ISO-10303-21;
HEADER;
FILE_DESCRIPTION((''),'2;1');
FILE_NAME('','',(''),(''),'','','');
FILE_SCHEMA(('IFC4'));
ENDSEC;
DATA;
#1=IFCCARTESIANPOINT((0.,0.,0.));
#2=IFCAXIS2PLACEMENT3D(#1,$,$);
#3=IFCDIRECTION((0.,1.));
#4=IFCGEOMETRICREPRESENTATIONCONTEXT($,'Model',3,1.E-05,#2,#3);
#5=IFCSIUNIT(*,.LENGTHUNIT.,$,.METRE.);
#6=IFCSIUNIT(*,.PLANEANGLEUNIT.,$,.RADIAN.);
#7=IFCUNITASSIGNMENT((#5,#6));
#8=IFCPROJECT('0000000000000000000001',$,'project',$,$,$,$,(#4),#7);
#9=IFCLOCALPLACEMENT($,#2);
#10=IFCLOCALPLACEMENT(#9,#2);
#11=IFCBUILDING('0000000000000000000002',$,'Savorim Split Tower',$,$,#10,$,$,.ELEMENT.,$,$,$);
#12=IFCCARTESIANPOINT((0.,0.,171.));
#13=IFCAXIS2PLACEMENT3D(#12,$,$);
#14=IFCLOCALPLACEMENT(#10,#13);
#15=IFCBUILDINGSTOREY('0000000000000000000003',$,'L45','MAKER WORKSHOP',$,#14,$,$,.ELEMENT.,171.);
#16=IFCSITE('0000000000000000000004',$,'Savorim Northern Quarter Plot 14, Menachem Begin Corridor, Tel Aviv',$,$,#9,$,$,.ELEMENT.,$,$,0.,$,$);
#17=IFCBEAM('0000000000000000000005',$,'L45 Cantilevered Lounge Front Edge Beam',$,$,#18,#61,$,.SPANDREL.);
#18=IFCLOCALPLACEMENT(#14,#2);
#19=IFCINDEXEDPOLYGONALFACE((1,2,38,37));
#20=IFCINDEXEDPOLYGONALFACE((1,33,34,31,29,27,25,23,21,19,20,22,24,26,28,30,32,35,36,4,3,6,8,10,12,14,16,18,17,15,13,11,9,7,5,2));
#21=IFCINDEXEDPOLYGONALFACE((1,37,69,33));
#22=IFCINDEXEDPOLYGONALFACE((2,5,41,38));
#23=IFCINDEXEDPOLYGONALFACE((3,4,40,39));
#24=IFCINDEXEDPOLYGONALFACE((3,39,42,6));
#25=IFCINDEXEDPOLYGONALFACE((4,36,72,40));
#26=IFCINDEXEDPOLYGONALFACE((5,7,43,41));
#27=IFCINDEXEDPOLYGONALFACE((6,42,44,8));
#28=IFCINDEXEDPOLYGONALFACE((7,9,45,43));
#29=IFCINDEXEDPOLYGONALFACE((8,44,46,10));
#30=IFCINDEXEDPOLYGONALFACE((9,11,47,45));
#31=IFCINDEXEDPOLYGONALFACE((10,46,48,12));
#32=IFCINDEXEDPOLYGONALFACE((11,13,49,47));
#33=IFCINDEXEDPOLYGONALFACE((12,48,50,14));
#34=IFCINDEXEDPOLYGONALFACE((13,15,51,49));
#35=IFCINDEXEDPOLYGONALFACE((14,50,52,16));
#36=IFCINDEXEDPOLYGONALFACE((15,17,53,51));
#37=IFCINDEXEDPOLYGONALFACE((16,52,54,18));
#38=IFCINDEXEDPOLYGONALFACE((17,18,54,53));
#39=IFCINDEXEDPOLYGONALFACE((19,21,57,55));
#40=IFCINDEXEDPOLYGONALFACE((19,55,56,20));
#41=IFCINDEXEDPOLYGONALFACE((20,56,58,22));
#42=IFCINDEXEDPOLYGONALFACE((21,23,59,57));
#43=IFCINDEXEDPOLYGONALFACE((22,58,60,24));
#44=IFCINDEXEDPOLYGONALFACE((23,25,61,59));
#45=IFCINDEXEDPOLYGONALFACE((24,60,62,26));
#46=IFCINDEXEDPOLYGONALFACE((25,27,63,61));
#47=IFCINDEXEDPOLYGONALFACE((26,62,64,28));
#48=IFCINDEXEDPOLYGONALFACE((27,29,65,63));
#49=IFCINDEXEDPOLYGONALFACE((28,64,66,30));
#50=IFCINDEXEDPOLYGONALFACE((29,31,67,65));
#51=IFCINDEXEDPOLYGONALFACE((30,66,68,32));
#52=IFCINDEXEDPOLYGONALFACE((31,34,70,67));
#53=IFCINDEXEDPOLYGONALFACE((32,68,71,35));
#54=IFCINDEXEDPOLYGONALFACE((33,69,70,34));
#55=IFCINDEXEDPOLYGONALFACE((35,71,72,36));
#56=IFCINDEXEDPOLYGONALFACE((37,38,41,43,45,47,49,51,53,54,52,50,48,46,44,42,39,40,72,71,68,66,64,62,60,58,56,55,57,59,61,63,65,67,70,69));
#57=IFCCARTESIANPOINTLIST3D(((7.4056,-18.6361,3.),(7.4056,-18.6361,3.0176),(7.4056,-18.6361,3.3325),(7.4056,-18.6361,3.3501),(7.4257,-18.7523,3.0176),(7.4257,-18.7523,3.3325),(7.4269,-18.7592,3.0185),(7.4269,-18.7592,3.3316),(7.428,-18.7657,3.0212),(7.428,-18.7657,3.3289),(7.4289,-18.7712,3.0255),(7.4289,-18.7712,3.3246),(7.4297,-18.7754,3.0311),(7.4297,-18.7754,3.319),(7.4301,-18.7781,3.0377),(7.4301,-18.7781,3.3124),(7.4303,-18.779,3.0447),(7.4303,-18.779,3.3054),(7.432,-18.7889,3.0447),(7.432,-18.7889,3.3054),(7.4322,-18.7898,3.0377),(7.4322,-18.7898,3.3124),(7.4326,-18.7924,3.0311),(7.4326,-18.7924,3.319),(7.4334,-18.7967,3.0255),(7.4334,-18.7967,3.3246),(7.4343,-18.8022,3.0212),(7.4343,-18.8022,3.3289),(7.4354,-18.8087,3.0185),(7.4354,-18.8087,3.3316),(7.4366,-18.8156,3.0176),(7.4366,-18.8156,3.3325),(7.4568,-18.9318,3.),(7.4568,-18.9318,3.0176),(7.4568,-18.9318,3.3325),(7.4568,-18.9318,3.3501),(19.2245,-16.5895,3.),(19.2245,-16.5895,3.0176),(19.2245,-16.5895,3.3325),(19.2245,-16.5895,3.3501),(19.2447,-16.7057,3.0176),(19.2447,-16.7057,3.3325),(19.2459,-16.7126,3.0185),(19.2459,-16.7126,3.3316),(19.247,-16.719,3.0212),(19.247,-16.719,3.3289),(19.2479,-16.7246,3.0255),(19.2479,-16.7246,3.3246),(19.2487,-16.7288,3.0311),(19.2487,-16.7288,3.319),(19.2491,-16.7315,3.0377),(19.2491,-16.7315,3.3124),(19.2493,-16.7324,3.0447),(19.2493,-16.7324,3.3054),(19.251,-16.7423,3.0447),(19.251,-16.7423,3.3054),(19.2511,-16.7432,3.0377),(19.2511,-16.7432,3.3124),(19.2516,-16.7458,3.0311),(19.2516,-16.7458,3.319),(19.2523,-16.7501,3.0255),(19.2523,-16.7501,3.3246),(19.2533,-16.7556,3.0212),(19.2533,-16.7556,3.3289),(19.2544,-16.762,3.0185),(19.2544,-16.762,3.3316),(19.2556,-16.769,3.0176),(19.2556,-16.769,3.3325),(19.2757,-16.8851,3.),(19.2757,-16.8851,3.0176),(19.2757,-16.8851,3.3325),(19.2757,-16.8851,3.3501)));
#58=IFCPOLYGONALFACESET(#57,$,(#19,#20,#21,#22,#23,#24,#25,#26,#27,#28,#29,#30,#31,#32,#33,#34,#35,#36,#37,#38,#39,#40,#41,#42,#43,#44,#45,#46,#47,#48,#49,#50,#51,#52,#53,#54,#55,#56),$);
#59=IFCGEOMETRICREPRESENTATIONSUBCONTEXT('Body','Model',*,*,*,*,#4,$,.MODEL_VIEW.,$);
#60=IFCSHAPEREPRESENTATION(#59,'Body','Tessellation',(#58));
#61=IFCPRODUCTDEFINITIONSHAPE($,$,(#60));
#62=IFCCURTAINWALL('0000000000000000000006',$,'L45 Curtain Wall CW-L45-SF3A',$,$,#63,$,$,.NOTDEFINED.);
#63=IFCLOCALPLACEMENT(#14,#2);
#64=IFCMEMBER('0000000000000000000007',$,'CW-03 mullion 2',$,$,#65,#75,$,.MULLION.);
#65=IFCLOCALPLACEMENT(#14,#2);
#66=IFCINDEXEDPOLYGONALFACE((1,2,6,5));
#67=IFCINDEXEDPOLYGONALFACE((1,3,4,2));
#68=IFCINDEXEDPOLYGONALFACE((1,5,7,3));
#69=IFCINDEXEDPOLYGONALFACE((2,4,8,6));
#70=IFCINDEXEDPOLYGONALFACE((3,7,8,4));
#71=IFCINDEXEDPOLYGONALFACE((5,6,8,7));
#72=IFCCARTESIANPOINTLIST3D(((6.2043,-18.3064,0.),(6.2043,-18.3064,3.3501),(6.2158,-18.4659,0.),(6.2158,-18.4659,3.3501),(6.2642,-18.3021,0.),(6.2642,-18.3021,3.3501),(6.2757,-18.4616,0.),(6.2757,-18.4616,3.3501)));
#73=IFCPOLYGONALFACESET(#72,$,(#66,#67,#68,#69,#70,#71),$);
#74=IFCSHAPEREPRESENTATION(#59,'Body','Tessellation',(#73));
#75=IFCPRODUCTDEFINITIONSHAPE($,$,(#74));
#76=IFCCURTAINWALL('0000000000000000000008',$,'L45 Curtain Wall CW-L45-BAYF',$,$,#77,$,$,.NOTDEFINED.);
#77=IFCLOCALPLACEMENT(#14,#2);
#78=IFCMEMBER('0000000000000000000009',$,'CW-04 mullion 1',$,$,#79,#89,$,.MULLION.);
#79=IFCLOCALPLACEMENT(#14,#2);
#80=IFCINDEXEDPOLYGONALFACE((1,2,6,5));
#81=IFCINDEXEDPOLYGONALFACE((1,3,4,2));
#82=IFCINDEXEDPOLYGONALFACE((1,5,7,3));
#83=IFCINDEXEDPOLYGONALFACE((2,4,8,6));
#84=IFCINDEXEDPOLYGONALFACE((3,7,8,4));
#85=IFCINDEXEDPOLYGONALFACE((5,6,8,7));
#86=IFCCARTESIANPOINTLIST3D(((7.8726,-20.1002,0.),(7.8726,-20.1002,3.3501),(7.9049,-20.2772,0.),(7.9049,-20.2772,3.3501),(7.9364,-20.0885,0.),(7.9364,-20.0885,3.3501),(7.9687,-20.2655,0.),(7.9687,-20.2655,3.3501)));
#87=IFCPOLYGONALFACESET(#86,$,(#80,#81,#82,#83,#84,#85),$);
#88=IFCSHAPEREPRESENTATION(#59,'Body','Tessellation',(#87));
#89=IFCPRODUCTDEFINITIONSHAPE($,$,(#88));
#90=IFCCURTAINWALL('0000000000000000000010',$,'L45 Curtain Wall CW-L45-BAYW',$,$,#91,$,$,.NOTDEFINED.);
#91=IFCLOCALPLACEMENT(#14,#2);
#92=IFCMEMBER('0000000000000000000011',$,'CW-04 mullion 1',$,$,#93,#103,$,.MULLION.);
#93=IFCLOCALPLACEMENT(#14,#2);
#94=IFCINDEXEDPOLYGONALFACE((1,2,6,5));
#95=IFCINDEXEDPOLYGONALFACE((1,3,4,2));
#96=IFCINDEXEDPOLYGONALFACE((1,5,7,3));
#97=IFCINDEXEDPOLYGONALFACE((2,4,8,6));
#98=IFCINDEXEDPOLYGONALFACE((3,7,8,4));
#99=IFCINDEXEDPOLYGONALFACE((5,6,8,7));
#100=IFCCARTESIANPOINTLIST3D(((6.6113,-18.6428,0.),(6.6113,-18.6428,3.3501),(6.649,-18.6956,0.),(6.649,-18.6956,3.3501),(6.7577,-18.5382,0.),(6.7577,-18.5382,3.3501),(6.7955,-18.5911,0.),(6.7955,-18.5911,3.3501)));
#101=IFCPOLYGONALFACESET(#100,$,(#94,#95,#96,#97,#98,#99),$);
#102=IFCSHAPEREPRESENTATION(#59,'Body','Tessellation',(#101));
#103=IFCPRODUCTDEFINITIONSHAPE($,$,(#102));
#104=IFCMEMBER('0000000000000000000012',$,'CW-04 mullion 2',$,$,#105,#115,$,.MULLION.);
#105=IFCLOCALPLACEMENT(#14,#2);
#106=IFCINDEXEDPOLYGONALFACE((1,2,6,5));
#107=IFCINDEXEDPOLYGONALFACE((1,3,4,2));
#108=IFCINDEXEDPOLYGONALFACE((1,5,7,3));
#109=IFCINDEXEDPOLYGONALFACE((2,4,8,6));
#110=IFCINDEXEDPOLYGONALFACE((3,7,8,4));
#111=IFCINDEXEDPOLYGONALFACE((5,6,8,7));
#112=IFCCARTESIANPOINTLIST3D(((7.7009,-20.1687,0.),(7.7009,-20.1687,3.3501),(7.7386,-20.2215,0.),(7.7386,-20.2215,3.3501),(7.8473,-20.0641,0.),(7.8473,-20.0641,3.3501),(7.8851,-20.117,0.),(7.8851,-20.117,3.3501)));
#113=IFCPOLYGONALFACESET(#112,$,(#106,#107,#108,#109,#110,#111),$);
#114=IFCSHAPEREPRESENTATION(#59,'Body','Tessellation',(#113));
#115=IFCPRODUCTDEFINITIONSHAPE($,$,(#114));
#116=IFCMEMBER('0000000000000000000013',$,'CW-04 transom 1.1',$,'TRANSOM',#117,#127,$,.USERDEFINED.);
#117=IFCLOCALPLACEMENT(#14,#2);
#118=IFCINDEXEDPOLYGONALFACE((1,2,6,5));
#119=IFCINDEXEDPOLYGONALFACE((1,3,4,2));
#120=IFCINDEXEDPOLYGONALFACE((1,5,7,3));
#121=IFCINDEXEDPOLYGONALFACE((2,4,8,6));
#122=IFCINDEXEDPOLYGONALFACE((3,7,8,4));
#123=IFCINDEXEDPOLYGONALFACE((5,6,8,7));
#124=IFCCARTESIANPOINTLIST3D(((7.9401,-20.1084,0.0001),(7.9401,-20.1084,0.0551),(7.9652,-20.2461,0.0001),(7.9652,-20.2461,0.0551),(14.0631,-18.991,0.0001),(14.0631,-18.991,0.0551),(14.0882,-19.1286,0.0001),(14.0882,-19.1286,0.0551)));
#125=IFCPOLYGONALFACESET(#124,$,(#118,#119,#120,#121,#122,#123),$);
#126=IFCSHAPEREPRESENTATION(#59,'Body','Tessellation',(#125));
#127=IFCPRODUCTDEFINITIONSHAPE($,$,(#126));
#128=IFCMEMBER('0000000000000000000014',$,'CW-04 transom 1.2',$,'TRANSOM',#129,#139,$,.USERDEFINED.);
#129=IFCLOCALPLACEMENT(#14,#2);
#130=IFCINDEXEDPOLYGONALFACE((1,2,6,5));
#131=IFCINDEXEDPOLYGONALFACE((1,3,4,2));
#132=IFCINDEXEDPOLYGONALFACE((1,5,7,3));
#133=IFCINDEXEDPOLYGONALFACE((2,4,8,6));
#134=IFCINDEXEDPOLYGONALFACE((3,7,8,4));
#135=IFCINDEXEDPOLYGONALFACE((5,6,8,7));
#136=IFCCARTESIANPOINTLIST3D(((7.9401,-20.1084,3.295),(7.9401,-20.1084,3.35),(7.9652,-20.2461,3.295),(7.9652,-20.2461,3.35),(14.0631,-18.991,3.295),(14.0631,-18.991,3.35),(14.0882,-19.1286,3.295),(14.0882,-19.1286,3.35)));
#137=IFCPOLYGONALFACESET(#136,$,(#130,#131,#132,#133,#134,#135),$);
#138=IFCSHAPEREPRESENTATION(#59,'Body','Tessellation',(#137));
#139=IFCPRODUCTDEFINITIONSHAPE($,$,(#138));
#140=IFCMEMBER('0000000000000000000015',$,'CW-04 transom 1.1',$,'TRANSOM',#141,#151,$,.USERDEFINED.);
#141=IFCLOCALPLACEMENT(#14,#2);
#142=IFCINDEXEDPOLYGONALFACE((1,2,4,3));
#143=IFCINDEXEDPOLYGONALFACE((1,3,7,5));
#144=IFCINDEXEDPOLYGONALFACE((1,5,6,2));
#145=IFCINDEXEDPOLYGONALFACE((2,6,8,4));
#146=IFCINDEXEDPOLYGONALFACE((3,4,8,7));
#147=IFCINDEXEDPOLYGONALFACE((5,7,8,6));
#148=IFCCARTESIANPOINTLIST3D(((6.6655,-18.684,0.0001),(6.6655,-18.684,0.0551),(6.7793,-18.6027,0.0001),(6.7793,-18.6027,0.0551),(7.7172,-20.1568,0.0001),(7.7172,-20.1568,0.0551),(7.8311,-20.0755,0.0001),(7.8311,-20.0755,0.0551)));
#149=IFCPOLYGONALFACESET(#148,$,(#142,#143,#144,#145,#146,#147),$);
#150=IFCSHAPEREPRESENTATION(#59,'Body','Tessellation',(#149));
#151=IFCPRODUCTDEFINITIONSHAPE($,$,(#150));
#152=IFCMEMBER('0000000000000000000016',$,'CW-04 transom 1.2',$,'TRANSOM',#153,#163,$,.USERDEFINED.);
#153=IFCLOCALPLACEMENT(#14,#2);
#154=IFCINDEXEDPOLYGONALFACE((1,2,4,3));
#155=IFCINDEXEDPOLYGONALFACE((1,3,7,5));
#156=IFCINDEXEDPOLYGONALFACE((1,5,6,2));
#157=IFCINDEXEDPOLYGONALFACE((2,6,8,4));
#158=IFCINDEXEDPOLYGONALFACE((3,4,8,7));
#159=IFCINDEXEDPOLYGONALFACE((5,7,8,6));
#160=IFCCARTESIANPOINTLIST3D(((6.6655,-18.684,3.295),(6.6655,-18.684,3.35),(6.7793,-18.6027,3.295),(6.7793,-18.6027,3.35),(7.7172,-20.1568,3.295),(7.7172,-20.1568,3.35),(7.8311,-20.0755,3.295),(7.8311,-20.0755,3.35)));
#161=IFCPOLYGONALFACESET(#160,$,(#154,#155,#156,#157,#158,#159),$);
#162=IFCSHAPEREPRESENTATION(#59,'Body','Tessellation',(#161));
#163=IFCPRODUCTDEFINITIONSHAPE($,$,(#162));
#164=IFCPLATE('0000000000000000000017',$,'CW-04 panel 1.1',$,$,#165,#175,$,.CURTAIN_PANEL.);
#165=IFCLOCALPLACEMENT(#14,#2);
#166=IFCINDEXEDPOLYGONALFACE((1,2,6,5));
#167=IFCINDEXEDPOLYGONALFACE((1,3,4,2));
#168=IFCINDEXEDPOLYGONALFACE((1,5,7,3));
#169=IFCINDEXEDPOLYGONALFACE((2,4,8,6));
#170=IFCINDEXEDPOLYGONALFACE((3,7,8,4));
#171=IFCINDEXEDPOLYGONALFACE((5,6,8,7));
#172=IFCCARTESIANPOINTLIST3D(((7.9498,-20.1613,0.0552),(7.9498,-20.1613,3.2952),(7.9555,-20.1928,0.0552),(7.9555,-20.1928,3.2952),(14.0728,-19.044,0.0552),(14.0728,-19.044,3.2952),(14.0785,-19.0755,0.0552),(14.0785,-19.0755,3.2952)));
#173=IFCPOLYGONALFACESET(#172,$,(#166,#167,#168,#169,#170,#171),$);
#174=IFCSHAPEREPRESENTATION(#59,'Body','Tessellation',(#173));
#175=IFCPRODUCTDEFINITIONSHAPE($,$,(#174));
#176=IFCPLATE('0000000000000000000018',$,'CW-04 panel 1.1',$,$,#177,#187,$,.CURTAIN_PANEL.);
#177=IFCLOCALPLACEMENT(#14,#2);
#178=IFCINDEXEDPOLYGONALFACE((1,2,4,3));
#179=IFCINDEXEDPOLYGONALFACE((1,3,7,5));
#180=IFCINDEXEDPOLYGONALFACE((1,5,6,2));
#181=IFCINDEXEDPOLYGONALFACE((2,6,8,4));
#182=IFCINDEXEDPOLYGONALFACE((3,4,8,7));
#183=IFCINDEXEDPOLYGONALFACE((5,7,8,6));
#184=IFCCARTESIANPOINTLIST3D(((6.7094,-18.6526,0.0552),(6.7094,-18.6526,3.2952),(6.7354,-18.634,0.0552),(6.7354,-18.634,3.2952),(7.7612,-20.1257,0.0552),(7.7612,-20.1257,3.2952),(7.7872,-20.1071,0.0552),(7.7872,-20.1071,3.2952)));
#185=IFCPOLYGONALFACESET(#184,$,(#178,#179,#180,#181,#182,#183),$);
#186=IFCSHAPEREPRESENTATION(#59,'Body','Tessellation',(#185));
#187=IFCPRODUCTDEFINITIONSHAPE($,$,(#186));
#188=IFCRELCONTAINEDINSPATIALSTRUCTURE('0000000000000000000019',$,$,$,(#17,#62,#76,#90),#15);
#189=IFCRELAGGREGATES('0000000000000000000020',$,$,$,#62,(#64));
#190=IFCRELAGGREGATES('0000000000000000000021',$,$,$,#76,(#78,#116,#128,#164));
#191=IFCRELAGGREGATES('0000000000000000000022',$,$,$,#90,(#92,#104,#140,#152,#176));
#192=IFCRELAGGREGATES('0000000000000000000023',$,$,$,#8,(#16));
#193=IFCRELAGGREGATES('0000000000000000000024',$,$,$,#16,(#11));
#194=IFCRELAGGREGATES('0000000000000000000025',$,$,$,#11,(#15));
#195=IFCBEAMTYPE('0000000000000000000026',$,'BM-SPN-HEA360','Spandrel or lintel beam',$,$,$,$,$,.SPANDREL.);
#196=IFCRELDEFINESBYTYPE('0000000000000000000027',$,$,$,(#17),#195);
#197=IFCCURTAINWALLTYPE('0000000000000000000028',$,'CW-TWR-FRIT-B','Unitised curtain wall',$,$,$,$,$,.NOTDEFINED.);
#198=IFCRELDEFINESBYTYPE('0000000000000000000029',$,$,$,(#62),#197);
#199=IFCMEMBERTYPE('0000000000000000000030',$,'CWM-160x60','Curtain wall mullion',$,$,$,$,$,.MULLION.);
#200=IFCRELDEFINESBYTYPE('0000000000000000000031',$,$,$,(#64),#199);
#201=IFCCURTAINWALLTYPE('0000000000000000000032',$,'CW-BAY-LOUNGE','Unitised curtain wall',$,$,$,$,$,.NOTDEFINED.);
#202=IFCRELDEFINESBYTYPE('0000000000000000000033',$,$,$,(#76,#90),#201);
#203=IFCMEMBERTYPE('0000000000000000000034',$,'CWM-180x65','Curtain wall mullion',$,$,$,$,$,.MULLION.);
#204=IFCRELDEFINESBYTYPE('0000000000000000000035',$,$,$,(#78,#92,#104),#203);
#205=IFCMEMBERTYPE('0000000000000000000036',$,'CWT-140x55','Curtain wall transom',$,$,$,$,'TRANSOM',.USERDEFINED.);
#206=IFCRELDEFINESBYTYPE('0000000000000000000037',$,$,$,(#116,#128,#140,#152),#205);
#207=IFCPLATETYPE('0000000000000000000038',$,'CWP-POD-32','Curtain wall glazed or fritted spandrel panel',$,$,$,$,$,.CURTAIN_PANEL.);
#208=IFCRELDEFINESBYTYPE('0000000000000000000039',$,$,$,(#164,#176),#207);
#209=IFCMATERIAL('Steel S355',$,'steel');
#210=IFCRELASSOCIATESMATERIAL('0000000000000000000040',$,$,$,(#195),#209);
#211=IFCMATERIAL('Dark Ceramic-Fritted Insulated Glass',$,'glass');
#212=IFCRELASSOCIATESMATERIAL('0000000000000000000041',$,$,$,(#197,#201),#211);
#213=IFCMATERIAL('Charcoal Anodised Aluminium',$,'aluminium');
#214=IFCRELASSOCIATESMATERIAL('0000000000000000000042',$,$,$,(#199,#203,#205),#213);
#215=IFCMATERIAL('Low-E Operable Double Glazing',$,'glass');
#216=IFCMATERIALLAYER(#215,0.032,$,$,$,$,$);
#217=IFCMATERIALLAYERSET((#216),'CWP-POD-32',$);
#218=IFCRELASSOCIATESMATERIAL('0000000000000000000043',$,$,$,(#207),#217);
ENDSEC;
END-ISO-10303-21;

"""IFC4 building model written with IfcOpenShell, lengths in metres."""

from ifc_helpers import new_model, si_unit, direction, frame, origin, origin_2d, place, context, subcontext, project, spatial, rectangle, i_section, extrude, material, layer, layer_set, material_profile, profile_set, type_object, element, aggregate, save


model = new_model("IFC4")

# Units and contexts
model_context = context("Model", 3, precision=1e-05, world=origin(), true_north=direction((0.0, 1.0)))
body_context = subcontext(model_context, "Body", "Model", "MODEL_VIEW")
ifc_project = project(units=[si_unit("LENGTHUNIT", "METRE"), si_unit("PLANEANGLEUNIT", "RADIAN")], contexts=[model_context])

# Site, building, storey
site_placement = place(None, origin())
site = spatial("IfcSite", under=ifc_project, at=site_placement, Name="Savorim Northern Quarter Plot 14, Menachem Begin Corridor, Tel Aviv", CompositionType="ELEMENT", RefElevation=0.0)
building_placement = place(site_placement, origin())
building = spatial("IfcBuilding", under=site, at=building_placement, Name="Savorim Split Tower", CompositionType="ELEMENT")
storey_placement = place(building_placement, frame((0.0, 0.0, 171.0)))
storey = spatial("IfcBuildingStorey", under=building, at=storey_placement, Name="L45", Description="MAKER WORKSHOP", CompositionType="ELEMENT", Elevation=171.0)

# Beam
ifc_material_1 = material(Name="Steel S355", Category="steel")
ifc_material_profile_1 = material_profile(ifc_material_1, i_section(OverallWidth=0.3, OverallDepth=0.3501, WebThickness=0.01, FlangeThickness=0.0176, FilletRadius=0.0271, at=origin_2d()), Name="HEA 360")
ifc_profile_set_1 = profile_set([ifc_material_profile_1], Name="Steel S355")
beam_type_1 = type_object("IfcBeamType", Name="BM-SPN-HEA360", Description="Spandrel or lintel beam", PredefinedType="SPANDREL", material=ifc_profile_set_1)
beam_1_placement = place(storey_placement, frame((7.4312, -18.7839, 3.175), z_axis=(0.985336, 0.170624, 0.0), x_axis=(-0.170624, 0.985336, 0.0)))
element("IfcBeam", 1, at=beam_1_placement, inside=storey, type_object=beam_type_1, Name="L45 Cantilevered Lounge Front Edge Beam", PredefinedType="SPANDREL", context=body_context, shape_type="SweptSolid", body=[
    extrude(i_section(OverallWidth=0.3, OverallDepth=0.3501, WebThickness=0.01, FlangeThickness=0.0176, FilletRadius=0.0271, at=origin_2d()), origin(), (0.0, 0.0, 1.0), 11.9949),
])

# Curtain walls, members
ifc_material_2 = material(Name="Dark Ceramic-Fritted Insulated Glass", Category="glass")
curtain_wall_type_1 = type_object("IfcCurtainWallType", Name="CW-TWR-FRIT-B", Description="Unitised curtain wall", PredefinedType="NOTDEFINED", material=ifc_material_2)
curtain_wall_1_placement = place(storey_placement, origin())
curtain_wall_1 = element("IfcCurtainWall", 2, at=curtain_wall_1_placement, inside=storey, type_object=curtain_wall_type_1, Name="L45 Curtain Wall CW-L45-SF3A", PredefinedType="NOTDEFINED")
ifc_material_3 = material(Name="Charcoal Anodised Aluminium", Category="aluminium")
ifc_material_profile_2 = material_profile(ifc_material_3, rectangle(XDim=0.1599, YDim=0.0601, at=origin_2d()), Name="ALU-M 160x60")
ifc_profile_set_2 = profile_set([ifc_material_profile_2], Name="Charcoal Anodised Aluminium")
member_type_1 = type_object("IfcMemberType", Name="CWM-160x60", Description="Curtain wall mullion", PredefinedType="MULLION", material=ifc_profile_set_2)
member_1_placement = place(storey_placement, frame((6.24, -18.384, 0.0), z_axis=(0.0, 0.0, 1.0), x_axis=(-0.071561, 0.997436, 0.0)))
member_1 = element("IfcMember", 3, at=member_1_placement, type_object=member_type_1, Name="CW-03 mullion 2", PredefinedType="MULLION", context=body_context, shape_type="SweptSolid", body=[
    extrude(rectangle(XDim=0.1599, YDim=0.0601, at=origin_2d()), origin(), (0.0, 0.0, 1.0), 3.3501),
])
aggregate(curtain_wall_1, [member_1])
curtain_wall_type_2 = type_object("IfcCurtainWallType", Name="CW-BAY-LOUNGE", Description="Unitised curtain wall", PredefinedType="NOTDEFINED", material=ifc_material_2)
curtain_wall_2_placement = place(storey_placement, origin())
curtain_wall_2 = element("IfcCurtainWall", 4, at=curtain_wall_2_placement, inside=storey, type_object=curtain_wall_type_2, Name="L45 Curtain Wall CW-L45-BAYF", PredefinedType="NOTDEFINED")
ifc_material_profile_3 = material_profile(ifc_material_3, rectangle(XDim=0.1799, YDim=0.0649, at=origin_2d()), Name="ALU-M 180x65")
ifc_profile_set_3 = profile_set([ifc_material_profile_3], Name="Charcoal Anodised Aluminium")
member_type_2 = type_object("IfcMemberType", Name="CWM-180x65", Description="Curtain wall mullion", PredefinedType="MULLION", material=ifc_profile_set_3)
member_2_placement = place(storey_placement, frame((7.9207, -20.1829, 0.0), z_axis=(0.0, 0.0, 1.0), x_axis=(-0.179518, 0.983755, 0.0)))
member_2 = element("IfcMember", 5, at=member_2_placement, type_object=member_type_2, Name="CW-04 mullion 1", PredefinedType="MULLION", context=body_context, shape_type="SweptSolid", body=[
    extrude(rectangle(XDim=0.1799, YDim=0.0649, at=origin_2d()), origin(), (0.0, 0.0, 1.0), 3.3501),
])

# Curtain wall, members
curtain_wall_3_placement = place(storey_placement, origin())
curtain_wall_3 = element("IfcCurtainWall", 6, at=curtain_wall_3_placement, inside=storey, type_object=curtain_wall_type_2, Name="L45 Curtain Wall CW-L45-BAYW", PredefinedType="NOTDEFINED")
member_3_placement = place(storey_placement, frame((6.7034, -18.6169, 0.0), z_axis=(0.0, 0.0, 1.0), x_axis=(0.813834, 0.581097, 0.0)))
member_3 = element("IfcMember", 7, at=member_3_placement, type_object=member_type_2, Name="CW-04 mullion 1", PredefinedType="MULLION", context=body_context, shape_type="SweptSolid", body=[
    extrude(rectangle(XDim=0.1799, YDim=0.0649, at=origin_2d()), origin(), (0.0, 0.0, 1.0), 3.3501),
])
member_4_placement = place(storey_placement, frame((7.793, -20.1428, 0.0), z_axis=(0.0, 0.0, 1.0), x_axis=(0.813834, 0.581097, 0.0)))
member_4 = element("IfcMember", 8, at=member_4_placement, type_object=member_type_2, Name="CW-04 mullion 2", PredefinedType="MULLION", context=body_context, shape_type="SweptSolid", body=[
    extrude(rectangle(XDim=0.1799, YDim=0.0649, at=origin_2d()), origin(), (0.0, 0.0, 1.0), 3.3501),
])

# Members
ifc_material_profile_4 = material_profile(ifc_material_3, rectangle(XDim=0.1399, YDim=0.0549, at=origin_2d()), Name="ALU-T 140x55")
ifc_profile_set_4 = profile_set([ifc_material_profile_4], Name="Charcoal Anodised Aluminium")
member_type_3 = type_object("IfcMemberType", Name="CWT-140x55", Description="Curtain wall transom", ElementType="TRANSOM", PredefinedType="USERDEFINED", material=ifc_profile_set_4)
member_5_placement = place(storey_placement, frame((7.9526, -20.1772, 0.0276), z_axis=(0.983752, 0.179531, 0.0), x_axis=(-0.179531, 0.983752, 0.0)))
member_5 = element("IfcMember", 9, at=member_5_placement, type_object=member_type_3, Name="CW-04 transom 1.1", ObjectType="TRANSOM", PredefinedType="USERDEFINED", context=body_context, shape_type="SweptSolid", body=[
    extrude(rectangle(XDim=0.1399, YDim=0.0549, at=origin_2d()), origin(), (0.0, 0.0, 1.0), 6.2241),
])
member_6_placement = place(storey_placement, frame((7.9526, -20.1772, 3.3225), z_axis=(0.983752, 0.179531, 0.0), x_axis=(-0.179531, 0.983752, 0.0)))
member_6 = element("IfcMember", 10, at=member_6_placement, type_object=member_type_3, Name="CW-04 transom 1.2", ObjectType="TRANSOM", PredefinedType="USERDEFINED", context=body_context, shape_type="SweptSolid", body=[
    extrude(rectangle(XDim=0.1399, YDim=0.0549, at=origin_2d()), origin(), (0.0, 0.0, 1.0), 6.2241),
])
member_7_placement = place(storey_placement, frame((6.7224, -18.6433, 0.0276), z_axis=(0.581123, -0.813815, 0.0), x_axis=(0.813815, 0.581123, 0.0)))
member_7 = element("IfcMember", 11, at=member_7_placement, type_object=member_type_3, Name="CW-04 transom 1.1", ObjectType="TRANSOM", PredefinedType="USERDEFINED", context=body_context, shape_type="SweptSolid", body=[
    extrude(rectangle(XDim=0.1399, YDim=0.0549, at=origin_2d()), origin(), (0.0, 0.0, 1.0), 1.8098),
])
member_8_placement = place(storey_placement, frame((6.7224, -18.6433, 3.3225), z_axis=(0.581123, -0.813815, 0.0), x_axis=(0.813815, 0.581123, 0.0)))
member_8 = element("IfcMember", 12, at=member_8_placement, type_object=member_type_3, Name="CW-04 transom 1.2", ObjectType="TRANSOM", PredefinedType="USERDEFINED", context=body_context, shape_type="SweptSolid", body=[
    extrude(rectangle(XDim=0.1399, YDim=0.0549, at=origin_2d()), origin(), (0.0, 0.0, 1.0), 1.8098),
])

# Plates
ifc_material_4 = material(Name="Low-E Operable Double Glazing", Category="glass")
ifc_layer_1 = layer(ifc_material_4, 0.032)
ifc_layer_set_1 = layer_set([ifc_layer_1], Name="CWP-POD-32")
plate_type_1 = type_object("IfcPlateType", Name="CWP-POD-32", Description="Curtain wall glazed or fritted spandrel panel", PredefinedType="CURTAIN_PANEL", material=ifc_layer_set_1)
plate_1_placement = place(storey_placement, frame((11.0142, -19.6184, 0.0552), z_axis=(0.0, 0.0, 1.0), x_axis=(0.983755, 0.179518, 0.0)))
plate_1 = element("IfcPlate", 13, at=plate_1_placement, type_object=plate_type_1, Name="CW-04 panel 1.1", PredefinedType="CURTAIN_PANEL", context=body_context, shape_type="SweptSolid", body=[
    extrude(rectangle(XDim=6.2241, YDim=0.032, at=origin_2d()), origin(), (0.0, 0.0, 1.0), 3.24),
])
aggregate(curtain_wall_2, [member_2, member_5, member_6, plate_1])
plate_2_placement = place(storey_placement, frame((7.2483, -19.3799, 0.0552), z_axis=(0.0, 0.0, 1.0), x_axis=(0.581097, -0.813834, 0.0)))
plate_2 = element("IfcPlate", 14, at=plate_2_placement, type_object=plate_type_1, Name="CW-04 panel 1.1", PredefinedType="CURTAIN_PANEL", context=body_context, shape_type="SweptSolid", body=[
    extrude(rectangle(XDim=1.8101, YDim=0.032, at=origin_2d()), origin(), (0.0, 0.0, 1.0), 3.24),
])
aggregate(curtain_wall_3, [member_3, member_4, member_7, member_8, plate_2])

save(model, "model.ifc")
